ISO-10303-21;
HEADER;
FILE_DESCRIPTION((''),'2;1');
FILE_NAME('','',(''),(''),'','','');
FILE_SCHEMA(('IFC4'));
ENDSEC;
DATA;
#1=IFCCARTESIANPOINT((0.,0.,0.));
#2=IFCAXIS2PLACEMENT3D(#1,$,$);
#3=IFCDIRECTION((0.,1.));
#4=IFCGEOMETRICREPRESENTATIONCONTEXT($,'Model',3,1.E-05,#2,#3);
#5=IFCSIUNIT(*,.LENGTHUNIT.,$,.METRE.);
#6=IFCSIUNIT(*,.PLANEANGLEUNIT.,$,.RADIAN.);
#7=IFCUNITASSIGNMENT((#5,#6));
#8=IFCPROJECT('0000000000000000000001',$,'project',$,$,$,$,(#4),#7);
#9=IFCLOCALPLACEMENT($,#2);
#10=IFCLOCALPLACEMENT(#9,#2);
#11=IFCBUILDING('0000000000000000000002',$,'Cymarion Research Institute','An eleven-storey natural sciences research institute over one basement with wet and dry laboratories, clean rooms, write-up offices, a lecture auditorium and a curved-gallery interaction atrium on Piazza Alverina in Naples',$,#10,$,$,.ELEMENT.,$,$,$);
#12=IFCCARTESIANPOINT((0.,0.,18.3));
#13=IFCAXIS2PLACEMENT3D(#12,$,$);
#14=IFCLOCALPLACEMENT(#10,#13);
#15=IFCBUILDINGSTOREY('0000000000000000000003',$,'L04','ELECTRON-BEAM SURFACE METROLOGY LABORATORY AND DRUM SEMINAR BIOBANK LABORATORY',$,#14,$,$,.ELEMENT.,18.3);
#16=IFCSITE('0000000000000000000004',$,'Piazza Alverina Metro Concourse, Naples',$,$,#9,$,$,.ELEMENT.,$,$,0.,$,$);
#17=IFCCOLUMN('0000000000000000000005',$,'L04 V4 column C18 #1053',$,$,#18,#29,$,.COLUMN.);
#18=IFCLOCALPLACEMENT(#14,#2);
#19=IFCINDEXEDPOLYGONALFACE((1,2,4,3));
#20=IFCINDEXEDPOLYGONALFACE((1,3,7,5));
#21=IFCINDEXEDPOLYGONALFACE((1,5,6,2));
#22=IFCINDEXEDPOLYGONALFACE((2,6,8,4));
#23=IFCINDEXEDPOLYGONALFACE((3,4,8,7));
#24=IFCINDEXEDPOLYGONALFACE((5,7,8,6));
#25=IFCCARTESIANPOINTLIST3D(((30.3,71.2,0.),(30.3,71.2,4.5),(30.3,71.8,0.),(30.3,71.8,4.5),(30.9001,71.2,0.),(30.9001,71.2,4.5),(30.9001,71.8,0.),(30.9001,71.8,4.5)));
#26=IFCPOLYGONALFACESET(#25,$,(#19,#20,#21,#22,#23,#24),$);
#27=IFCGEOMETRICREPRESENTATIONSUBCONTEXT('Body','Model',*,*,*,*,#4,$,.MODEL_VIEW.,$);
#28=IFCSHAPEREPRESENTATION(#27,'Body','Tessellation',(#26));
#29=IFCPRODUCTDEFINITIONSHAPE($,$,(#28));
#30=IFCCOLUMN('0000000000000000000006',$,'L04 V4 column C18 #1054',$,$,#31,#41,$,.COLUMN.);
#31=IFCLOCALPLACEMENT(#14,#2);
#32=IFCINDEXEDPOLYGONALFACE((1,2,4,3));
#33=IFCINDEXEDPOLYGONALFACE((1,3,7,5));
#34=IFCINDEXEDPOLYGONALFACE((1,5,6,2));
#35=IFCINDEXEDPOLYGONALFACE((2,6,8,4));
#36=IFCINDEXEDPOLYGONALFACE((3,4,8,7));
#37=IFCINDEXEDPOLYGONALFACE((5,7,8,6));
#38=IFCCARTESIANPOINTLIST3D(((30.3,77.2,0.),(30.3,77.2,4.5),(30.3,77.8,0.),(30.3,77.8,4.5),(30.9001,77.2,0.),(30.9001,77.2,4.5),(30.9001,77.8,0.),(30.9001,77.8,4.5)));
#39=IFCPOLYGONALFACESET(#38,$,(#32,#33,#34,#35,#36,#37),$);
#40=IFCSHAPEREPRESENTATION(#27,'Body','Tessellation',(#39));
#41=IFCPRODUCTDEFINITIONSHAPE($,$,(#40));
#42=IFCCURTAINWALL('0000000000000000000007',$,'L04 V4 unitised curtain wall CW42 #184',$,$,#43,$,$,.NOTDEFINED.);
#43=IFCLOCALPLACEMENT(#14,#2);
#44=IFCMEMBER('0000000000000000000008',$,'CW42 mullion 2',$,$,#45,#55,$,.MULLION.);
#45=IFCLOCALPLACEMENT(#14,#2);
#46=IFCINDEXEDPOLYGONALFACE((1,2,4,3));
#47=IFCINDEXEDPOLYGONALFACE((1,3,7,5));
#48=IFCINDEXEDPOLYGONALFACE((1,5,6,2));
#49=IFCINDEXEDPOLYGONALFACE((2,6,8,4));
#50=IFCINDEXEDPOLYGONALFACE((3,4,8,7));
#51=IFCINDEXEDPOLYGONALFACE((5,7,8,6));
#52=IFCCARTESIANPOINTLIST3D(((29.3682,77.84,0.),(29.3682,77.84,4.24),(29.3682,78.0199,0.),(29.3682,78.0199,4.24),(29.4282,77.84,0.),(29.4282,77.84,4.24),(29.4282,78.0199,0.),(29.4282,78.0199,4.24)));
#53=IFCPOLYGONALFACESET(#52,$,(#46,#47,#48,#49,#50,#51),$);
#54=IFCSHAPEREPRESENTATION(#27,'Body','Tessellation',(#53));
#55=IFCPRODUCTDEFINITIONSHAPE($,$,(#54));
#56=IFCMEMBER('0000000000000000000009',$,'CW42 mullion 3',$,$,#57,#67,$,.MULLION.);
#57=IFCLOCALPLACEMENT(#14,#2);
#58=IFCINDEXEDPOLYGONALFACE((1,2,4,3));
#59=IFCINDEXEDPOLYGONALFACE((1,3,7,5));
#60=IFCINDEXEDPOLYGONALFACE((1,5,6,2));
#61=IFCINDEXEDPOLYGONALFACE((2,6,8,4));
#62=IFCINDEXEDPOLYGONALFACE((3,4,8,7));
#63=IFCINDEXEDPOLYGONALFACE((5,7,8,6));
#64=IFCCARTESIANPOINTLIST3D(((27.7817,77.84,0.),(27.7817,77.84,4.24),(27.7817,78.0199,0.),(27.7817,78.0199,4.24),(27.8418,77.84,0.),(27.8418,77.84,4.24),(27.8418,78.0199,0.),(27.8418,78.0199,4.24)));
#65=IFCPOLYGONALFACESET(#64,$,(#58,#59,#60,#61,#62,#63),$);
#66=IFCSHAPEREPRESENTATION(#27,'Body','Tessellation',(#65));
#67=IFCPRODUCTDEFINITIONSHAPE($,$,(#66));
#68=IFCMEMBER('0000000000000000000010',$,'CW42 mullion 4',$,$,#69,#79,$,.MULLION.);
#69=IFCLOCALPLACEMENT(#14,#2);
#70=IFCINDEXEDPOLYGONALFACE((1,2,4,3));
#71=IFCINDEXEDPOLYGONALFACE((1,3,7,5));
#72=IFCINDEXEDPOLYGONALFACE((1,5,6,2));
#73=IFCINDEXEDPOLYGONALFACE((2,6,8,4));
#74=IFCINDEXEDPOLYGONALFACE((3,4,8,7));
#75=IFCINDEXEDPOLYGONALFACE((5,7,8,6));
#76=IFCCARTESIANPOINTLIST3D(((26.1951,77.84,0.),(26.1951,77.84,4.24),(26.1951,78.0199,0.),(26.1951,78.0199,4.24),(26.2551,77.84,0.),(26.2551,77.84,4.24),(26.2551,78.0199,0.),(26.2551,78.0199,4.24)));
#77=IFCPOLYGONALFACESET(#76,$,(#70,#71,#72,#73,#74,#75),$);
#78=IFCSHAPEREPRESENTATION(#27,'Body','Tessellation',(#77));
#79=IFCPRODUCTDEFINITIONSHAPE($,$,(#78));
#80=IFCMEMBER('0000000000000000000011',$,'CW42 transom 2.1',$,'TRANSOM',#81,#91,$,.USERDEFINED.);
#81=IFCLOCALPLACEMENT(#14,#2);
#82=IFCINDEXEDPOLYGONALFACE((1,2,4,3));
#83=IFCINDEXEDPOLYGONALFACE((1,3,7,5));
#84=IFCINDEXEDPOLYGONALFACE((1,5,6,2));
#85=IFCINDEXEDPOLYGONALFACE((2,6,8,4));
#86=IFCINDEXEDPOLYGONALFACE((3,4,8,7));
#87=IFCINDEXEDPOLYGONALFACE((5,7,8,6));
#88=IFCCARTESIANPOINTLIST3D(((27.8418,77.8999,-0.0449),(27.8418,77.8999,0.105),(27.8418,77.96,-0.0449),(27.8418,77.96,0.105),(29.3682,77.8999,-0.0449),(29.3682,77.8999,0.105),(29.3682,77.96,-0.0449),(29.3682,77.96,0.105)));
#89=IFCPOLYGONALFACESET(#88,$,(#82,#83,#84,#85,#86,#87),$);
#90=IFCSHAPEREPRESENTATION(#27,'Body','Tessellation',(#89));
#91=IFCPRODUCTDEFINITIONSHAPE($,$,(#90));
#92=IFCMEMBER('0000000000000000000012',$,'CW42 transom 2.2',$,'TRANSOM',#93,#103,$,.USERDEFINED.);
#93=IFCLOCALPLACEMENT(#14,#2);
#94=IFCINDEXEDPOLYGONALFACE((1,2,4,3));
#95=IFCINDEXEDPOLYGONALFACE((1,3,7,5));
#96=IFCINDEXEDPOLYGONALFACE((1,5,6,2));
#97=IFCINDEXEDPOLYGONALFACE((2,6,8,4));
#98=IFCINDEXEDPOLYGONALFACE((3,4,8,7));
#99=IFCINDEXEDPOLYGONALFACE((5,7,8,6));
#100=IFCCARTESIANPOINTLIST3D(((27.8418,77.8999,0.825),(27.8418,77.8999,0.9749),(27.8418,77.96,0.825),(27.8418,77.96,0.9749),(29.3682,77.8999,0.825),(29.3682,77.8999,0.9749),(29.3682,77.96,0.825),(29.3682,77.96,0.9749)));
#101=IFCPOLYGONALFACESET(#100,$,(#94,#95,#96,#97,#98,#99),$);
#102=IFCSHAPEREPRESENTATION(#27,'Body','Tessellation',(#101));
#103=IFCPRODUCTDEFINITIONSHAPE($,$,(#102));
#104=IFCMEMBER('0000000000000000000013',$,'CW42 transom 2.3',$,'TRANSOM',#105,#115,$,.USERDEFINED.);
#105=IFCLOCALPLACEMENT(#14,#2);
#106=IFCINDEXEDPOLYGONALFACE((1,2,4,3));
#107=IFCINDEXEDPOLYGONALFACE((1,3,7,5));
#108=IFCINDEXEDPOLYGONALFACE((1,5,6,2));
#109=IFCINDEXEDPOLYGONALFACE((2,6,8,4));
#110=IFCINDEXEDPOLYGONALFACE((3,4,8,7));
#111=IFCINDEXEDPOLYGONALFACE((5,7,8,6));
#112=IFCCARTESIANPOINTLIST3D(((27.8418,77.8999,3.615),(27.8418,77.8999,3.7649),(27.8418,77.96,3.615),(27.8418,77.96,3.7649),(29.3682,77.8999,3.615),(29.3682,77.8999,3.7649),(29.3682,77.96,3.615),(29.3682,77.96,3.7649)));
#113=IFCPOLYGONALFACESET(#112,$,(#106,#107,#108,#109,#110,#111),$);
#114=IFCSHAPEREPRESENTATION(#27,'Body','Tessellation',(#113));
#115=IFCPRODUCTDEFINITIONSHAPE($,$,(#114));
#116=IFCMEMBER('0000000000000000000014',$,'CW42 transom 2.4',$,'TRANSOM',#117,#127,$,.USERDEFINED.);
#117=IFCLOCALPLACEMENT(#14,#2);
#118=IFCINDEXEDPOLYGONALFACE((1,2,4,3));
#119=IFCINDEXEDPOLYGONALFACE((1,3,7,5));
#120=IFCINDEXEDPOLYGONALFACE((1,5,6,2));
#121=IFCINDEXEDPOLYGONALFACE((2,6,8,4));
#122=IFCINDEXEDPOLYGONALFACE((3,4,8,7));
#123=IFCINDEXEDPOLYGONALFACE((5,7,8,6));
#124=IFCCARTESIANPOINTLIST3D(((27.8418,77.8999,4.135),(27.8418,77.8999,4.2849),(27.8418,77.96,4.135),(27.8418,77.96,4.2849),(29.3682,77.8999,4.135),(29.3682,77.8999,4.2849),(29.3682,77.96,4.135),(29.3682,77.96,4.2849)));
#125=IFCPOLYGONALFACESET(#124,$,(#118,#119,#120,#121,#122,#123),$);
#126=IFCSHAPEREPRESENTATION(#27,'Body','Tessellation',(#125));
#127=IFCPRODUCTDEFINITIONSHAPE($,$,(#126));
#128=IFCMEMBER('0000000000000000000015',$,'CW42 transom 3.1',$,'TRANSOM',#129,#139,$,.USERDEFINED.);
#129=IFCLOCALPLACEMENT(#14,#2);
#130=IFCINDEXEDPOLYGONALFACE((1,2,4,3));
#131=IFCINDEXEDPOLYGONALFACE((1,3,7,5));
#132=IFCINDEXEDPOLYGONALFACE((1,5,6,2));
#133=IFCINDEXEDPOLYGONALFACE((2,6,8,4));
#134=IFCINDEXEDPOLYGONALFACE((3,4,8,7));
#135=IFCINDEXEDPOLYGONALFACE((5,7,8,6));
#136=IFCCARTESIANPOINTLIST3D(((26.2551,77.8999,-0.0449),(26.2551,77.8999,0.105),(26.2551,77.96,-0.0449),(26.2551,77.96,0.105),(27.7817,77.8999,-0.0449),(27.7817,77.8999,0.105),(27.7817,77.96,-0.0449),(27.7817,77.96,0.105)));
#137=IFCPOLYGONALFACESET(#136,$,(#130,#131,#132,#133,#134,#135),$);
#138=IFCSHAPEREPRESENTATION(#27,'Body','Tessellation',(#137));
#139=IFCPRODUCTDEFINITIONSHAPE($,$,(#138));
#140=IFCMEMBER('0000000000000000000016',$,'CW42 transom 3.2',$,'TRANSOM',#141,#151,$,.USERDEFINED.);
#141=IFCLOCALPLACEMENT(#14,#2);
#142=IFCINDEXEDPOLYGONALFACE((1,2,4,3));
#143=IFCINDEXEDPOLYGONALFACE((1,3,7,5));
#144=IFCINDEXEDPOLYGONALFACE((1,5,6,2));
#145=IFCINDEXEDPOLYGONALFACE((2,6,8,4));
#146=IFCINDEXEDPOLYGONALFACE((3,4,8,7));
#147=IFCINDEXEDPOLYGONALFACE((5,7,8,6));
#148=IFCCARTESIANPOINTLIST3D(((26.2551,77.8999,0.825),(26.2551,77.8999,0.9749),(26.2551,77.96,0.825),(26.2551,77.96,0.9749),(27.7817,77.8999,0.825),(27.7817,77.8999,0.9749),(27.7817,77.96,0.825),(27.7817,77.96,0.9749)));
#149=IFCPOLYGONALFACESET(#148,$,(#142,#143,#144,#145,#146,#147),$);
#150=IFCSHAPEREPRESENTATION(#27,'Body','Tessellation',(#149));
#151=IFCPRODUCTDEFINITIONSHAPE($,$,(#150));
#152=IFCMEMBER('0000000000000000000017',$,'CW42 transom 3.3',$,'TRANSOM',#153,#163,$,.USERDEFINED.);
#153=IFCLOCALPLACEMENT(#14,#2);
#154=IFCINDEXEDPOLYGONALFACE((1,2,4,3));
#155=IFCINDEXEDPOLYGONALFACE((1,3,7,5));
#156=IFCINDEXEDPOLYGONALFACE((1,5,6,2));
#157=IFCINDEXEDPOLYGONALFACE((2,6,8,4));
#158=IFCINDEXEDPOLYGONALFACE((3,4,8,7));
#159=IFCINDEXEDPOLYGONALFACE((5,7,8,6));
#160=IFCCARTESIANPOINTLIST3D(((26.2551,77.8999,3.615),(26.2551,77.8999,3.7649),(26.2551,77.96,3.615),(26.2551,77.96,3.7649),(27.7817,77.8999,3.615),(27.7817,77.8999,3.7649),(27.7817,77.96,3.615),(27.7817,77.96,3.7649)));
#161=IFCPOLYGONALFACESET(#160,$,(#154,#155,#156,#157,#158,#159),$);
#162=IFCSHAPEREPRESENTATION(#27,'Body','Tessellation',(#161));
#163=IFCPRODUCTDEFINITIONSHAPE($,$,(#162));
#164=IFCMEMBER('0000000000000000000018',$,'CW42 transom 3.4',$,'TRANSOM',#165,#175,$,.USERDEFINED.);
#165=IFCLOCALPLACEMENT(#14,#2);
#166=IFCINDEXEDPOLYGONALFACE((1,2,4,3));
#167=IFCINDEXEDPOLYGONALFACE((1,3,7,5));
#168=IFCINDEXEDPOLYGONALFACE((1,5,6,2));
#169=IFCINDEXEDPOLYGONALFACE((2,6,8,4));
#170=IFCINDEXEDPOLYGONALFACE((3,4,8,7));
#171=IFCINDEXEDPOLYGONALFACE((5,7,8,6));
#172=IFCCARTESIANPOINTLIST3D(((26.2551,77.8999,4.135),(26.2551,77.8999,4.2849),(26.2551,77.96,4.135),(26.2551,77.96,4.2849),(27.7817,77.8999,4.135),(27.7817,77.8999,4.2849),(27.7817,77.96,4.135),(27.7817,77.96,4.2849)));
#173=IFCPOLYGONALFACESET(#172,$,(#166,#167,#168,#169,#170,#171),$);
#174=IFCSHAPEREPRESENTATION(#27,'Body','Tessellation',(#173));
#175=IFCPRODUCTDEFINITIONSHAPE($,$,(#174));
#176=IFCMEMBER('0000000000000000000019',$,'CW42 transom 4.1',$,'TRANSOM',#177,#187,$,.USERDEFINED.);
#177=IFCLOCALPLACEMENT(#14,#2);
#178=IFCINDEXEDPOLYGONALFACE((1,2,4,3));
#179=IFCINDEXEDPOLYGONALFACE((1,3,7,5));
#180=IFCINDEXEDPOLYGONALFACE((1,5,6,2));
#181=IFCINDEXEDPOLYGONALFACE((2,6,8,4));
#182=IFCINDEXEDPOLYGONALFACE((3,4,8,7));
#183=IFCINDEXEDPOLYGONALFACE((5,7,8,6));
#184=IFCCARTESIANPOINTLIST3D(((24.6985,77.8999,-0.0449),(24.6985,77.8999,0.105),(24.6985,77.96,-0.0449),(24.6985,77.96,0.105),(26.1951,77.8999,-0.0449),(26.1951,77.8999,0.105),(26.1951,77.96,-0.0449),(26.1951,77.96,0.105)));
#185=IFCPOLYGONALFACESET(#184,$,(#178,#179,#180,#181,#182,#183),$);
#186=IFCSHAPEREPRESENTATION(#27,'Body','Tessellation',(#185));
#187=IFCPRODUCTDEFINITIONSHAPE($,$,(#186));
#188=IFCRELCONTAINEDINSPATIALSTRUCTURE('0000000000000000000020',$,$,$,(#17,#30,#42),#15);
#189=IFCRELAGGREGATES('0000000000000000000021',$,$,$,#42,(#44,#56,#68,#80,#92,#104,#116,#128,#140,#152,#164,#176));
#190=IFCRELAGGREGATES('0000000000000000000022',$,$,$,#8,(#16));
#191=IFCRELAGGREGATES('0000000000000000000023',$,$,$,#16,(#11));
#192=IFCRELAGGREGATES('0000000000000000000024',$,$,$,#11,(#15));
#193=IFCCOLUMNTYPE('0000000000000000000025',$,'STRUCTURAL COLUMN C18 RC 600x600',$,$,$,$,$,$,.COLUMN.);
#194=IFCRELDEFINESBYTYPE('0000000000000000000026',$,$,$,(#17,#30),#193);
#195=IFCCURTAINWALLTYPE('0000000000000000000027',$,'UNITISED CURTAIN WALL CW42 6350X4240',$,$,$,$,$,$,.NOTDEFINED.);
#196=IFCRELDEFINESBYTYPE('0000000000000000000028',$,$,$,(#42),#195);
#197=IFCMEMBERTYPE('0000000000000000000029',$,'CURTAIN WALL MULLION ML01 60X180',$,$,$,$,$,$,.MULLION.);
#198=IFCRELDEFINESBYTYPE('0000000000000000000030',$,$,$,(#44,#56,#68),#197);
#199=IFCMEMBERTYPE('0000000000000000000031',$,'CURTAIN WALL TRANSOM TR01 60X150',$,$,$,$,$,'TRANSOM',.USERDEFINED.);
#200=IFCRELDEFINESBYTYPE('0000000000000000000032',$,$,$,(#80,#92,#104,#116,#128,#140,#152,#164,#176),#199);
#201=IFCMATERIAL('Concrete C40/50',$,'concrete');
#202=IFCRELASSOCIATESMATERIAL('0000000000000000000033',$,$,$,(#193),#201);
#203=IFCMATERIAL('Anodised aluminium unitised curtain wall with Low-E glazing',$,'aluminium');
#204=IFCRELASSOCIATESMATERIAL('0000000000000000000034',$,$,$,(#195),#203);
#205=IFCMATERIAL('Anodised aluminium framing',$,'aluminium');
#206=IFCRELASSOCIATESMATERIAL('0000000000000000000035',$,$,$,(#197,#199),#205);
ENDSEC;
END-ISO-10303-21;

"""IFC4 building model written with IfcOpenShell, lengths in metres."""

from ifc_helpers import new_model, si_unit, direction, frame, origin, origin_2d, place, context, subcontext, project, spatial, rectangle, extrude, material, material_profile, profile_set, type_object, element, aggregate, save


model = new_model("IFC4")

# Units and contexts
model_context = context("Model", 3, precision=1e-05, world=origin(), true_north=direction((0.0, 1.0)))
body_context = subcontext(model_context, "Body", "Model", "MODEL_VIEW")
ifc_project = project(units=[si_unit("LENGTHUNIT", "METRE"), si_unit("PLANEANGLEUNIT", "RADIAN")], contexts=[model_context])

# Site, building, storey
site_placement = place(None, origin())
site = spatial("IfcSite", under=ifc_project, at=site_placement, Name="Piazza Alverina Metro Concourse, Naples", CompositionType="ELEMENT", RefElevation=0.0)
building_placement = place(site_placement, origin())
building = spatial("IfcBuilding", under=site, at=building_placement, Name="Cymarion Research Institute", Description="An eleven-storey natural sciences research institute over one basement with wet and dry laboratories, clean rooms, write-up offices, a lecture auditorium and a curved-gallery interaction atrium on Piazza Alverina in Naples", CompositionType="ELEMENT")
storey_placement = place(building_placement, frame((0.0, 0.0, 18.3)))
storey = spatial("IfcBuildingStorey", under=building, at=storey_placement, Name="L04", Description="ELECTRON-BEAM SURFACE METROLOGY LABORATORY AND DRUM SEMINAR BIOBANK LABORATORY", CompositionType="ELEMENT", Elevation=18.3)

# Columns
ifc_material_1 = material(Name="Concrete C40/50", Category="concrete")
ifc_material_profile_1 = material_profile(ifc_material_1, rectangle(XDim=0.6001, YDim=0.6001, at=origin_2d()), Name="RC 600x600")
ifc_profile_set_1 = profile_set([ifc_material_profile_1], Name="Concrete C40/50")
column_type = type_object("IfcColumnType", Name="STRUCTURAL COLUMN C18 RC 600x600", PredefinedType="COLUMN", material=ifc_profile_set_1)
for number, where, z_axis, x_axis, name in (
    (1, (30.6001, 71.5, 0.0), (0.0, 0.0, 1.0), (1.0, 0.0, 0.0), "L04 V4 column C18 #1053"),
    (2, (30.6001, 77.5, 0.0), (0.0, 0.0, 1.0), (1.0, 0.0, 0.0), "L04 V4 column C18 #1054"),
):
    element("IfcColumn", number, at=place(storey_placement, frame(where, z_axis=z_axis, x_axis=x_axis)), inside=storey, type_object=column_type, Name=name, PredefinedType="COLUMN", context=body_context, shape_type="SweptSolid", body=[
        extrude(rectangle(XDim=0.6001, YDim=0.6001, at=origin_2d()), origin(), (0.0, 0.0, 1.0), 4.5),
    ])

# Curtain wall, members
ifc_material_2 = material(Name="Anodised aluminium unitised curtain wall with Low-E glazing", Category="aluminium")
curtain_wall_type = type_object("IfcCurtainWallType", Name="UNITISED CURTAIN WALL CW42 6350X4240", PredefinedType="NOTDEFINED", material=ifc_material_2)
curtain_wall_placement = place(storey_placement, origin())
curtain_wall = element("IfcCurtainWall", 3, at=curtain_wall_placement, inside=storey, type_object=curtain_wall_type, Name="L04 V4 unitised curtain wall CW42 #184", PredefinedType="NOTDEFINED")
ifc_material_3 = material(Name="Anodised aluminium framing", Category="aluminium")
ifc_material_profile_2 = material_profile(ifc_material_3, rectangle(XDim=0.0601, YDim=0.1799, at=origin_2d()), Name="ALU MULLION 60x180")
ifc_profile_set_2 = profile_set([ifc_material_profile_2], Name="Anodised aluminium framing")
member_type_1 = type_object("IfcMemberType", Name="CURTAIN WALL MULLION ML01 60X180", PredefinedType="MULLION", material=ifc_profile_set_2)
member_1_placement = place(storey_placement, frame((29.3982, 77.9299, 0.0), z_axis=(0.0, 0.0, 1.0), x_axis=(-1.0, 0.0, 0.0)))
member_1 = element("IfcMember", 4, at=member_1_placement, type_object=member_type_1, Name="CW42 mullion 2", PredefinedType="MULLION", context=body_context, shape_type="SweptSolid", body=[
    extrude(rectangle(XDim=0.0601, YDim=0.1799, at=origin_2d()), origin(), (0.0, 0.0, 1.0), 4.24),
])
member_2_placement = place(storey_placement, frame((27.8118, 77.9299, 0.0), z_axis=(0.0, 0.0, 1.0), x_axis=(-1.0, 0.0, 0.0)))
member_2 = element("IfcMember", 5, at=member_2_placement, type_object=member_type_1, Name="CW42 mullion 3", PredefinedType="MULLION", context=body_context, shape_type="SweptSolid", body=[
    extrude(rectangle(XDim=0.0601, YDim=0.1799, at=origin_2d()), origin(), (0.0, 0.0, 1.0), 4.24),
])
member_3_placement = place(storey_placement, frame((26.2251, 77.9299, 0.0), z_axis=(0.0, 0.0, 1.0), x_axis=(-1.0, 0.0, 0.0)))
member_3 = element("IfcMember", 6, at=member_3_placement, type_object=member_type_1, Name="CW42 mullion 4", PredefinedType="MULLION", context=body_context, shape_type="SweptSolid", body=[
    extrude(rectangle(XDim=0.0601, YDim=0.1799, at=origin_2d()), origin(), (0.0, 0.0, 1.0), 4.24),
])
ifc_material_profile_3 = material_profile(ifc_material_3, rectangle(XDim=0.0601, YDim=0.1499, at=origin_2d()), Name="ALU TRANSOM 60x150")
ifc_profile_set_3 = profile_set([ifc_material_profile_3], Name="Anodised aluminium framing")
member_type_2 = type_object("IfcMemberType", Name="CURTAIN WALL TRANSOM TR01 60X150", ElementType="TRANSOM", PredefinedType="USERDEFINED", material=ifc_profile_set_3)
member_4_placement = place(storey_placement, frame((29.3682, 77.9299, 0.03), z_axis=(-1.0, 0.0, 0.0), x_axis=(0.0, -1.0, 0.0)))
member_4 = element("IfcMember", 7, at=member_4_placement, type_object=member_type_2, Name="CW42 transom 2.1", ObjectType="TRANSOM", PredefinedType="USERDEFINED", context=body_context, shape_type="SweptSolid", body=[
    extrude(rectangle(XDim=0.0601, YDim=0.1499, at=origin_2d()), origin(), (0.0, 0.0, 1.0), 1.5264),
])
member_5_placement = place(storey_placement, frame((29.3682, 77.9299, 0.8999), z_axis=(-1.0, 0.0, 0.0), x_axis=(0.0, -1.0, 0.0)))
member_5 = element("IfcMember", 8, at=member_5_placement, type_object=member_type_2, Name="CW42 transom 2.2", ObjectType="TRANSOM", PredefinedType="USERDEFINED", context=body_context, shape_type="SweptSolid", body=[
    extrude(rectangle(XDim=0.0601, YDim=0.1499, at=origin_2d()), origin(), (0.0, 0.0, 1.0), 1.5264),
])
member_6_placement = place(storey_placement, frame((29.3682, 77.9299, 3.6899), z_axis=(-1.0, 0.0, 0.0), x_axis=(0.0, -1.0, 0.0)))
member_6 = element("IfcMember", 9, at=member_6_placement, type_object=member_type_2, Name="CW42 transom 2.3", ObjectType="TRANSOM", PredefinedType="USERDEFINED", context=body_context, shape_type="SweptSolid", body=[
    extrude(rectangle(XDim=0.0601, YDim=0.1499, at=origin_2d()), origin(), (0.0, 0.0, 1.0), 1.5264),
])
member_7_placement = place(storey_placement, frame((29.3682, 77.9299, 4.21), z_axis=(-1.0, 0.0, 0.0), x_axis=(0.0, -1.0, 0.0)))
member_7 = element("IfcMember", 10, at=member_7_placement, type_object=member_type_2, Name="CW42 transom 2.4", ObjectType="TRANSOM", PredefinedType="USERDEFINED", context=body_context, shape_type="SweptSolid", body=[
    extrude(rectangle(XDim=0.0601, YDim=0.1499, at=origin_2d()), origin(), (0.0, 0.0, 1.0), 1.5264),
])
member_8_placement = place(storey_placement, frame((27.7817, 77.9299, 0.03), z_axis=(-1.0, 0.0, 0.0), x_axis=(0.0, -1.0, 0.0)))
member_8 = element("IfcMember", 11, at=member_8_placement, type_object=member_type_2, Name="CW42 transom 3.1", ObjectType="TRANSOM", PredefinedType="USERDEFINED", context=body_context, shape_type="SweptSolid", body=[
    extrude(rectangle(XDim=0.0601, YDim=0.1499, at=origin_2d()), origin(), (0.0, 0.0, 1.0), 1.5266),
])
member_9_placement = place(storey_placement, frame((27.7817, 77.9299, 0.8999), z_axis=(-1.0, 0.0, 0.0), x_axis=(0.0, -1.0, 0.0)))
member_9 = element("IfcMember", 12, at=member_9_placement, type_object=member_type_2, Name="CW42 transom 3.2", ObjectType="TRANSOM", PredefinedType="USERDEFINED", context=body_context, shape_type="SweptSolid", body=[
    extrude(rectangle(XDim=0.0601, YDim=0.1499, at=origin_2d()), origin(), (0.0, 0.0, 1.0), 1.5266),
])
member_10_placement = place(storey_placement, frame((27.7817, 77.9299, 3.6899), z_axis=(-1.0, 0.0, 0.0), x_axis=(0.0, -1.0, 0.0)))
member_10 = element("IfcMember", 13, at=member_10_placement, type_object=member_type_2, Name="CW42 transom 3.3", ObjectType="TRANSOM", PredefinedType="USERDEFINED", context=body_context, shape_type="SweptSolid", body=[
    extrude(rectangle(XDim=0.0601, YDim=0.1499, at=origin_2d()), origin(), (0.0, 0.0, 1.0), 1.5266),
])
member_11_placement = place(storey_placement, frame((27.7817, 77.9299, 4.21), z_axis=(-1.0, 0.0, 0.0), x_axis=(0.0, -1.0, 0.0)))
member_11 = element("IfcMember", 14, at=member_11_placement, type_object=member_type_2, Name="CW42 transom 3.4", ObjectType="TRANSOM", PredefinedType="USERDEFINED", context=body_context, shape_type="SweptSolid", body=[
    extrude(rectangle(XDim=0.0601, YDim=0.1499, at=origin_2d()), origin(), (0.0, 0.0, 1.0), 1.5266),
])
member_12_placement = place(storey_placement, frame((26.1951, 77.9299, 0.03), z_axis=(-1.0, 0.0, 0.0), x_axis=(0.0, -1.0, 0.0)))
member_12 = element("IfcMember", 15, at=member_12_placement, type_object=member_type_2, Name="CW42 transom 4.1", ObjectType="TRANSOM", PredefinedType="USERDEFINED", context=body_context, shape_type="SweptSolid", body=[
    extrude(rectangle(XDim=0.0601, YDim=0.1499, at=origin_2d()), origin(), (0.0, 0.0, 1.0), 1.4966),
])

aggregate(curtain_wall, [member_1, member_2, member_3, member_4, member_5, member_6, member_7, member_8, member_9, member_10, member_11, member_12])

save(model, "model.ifc")
